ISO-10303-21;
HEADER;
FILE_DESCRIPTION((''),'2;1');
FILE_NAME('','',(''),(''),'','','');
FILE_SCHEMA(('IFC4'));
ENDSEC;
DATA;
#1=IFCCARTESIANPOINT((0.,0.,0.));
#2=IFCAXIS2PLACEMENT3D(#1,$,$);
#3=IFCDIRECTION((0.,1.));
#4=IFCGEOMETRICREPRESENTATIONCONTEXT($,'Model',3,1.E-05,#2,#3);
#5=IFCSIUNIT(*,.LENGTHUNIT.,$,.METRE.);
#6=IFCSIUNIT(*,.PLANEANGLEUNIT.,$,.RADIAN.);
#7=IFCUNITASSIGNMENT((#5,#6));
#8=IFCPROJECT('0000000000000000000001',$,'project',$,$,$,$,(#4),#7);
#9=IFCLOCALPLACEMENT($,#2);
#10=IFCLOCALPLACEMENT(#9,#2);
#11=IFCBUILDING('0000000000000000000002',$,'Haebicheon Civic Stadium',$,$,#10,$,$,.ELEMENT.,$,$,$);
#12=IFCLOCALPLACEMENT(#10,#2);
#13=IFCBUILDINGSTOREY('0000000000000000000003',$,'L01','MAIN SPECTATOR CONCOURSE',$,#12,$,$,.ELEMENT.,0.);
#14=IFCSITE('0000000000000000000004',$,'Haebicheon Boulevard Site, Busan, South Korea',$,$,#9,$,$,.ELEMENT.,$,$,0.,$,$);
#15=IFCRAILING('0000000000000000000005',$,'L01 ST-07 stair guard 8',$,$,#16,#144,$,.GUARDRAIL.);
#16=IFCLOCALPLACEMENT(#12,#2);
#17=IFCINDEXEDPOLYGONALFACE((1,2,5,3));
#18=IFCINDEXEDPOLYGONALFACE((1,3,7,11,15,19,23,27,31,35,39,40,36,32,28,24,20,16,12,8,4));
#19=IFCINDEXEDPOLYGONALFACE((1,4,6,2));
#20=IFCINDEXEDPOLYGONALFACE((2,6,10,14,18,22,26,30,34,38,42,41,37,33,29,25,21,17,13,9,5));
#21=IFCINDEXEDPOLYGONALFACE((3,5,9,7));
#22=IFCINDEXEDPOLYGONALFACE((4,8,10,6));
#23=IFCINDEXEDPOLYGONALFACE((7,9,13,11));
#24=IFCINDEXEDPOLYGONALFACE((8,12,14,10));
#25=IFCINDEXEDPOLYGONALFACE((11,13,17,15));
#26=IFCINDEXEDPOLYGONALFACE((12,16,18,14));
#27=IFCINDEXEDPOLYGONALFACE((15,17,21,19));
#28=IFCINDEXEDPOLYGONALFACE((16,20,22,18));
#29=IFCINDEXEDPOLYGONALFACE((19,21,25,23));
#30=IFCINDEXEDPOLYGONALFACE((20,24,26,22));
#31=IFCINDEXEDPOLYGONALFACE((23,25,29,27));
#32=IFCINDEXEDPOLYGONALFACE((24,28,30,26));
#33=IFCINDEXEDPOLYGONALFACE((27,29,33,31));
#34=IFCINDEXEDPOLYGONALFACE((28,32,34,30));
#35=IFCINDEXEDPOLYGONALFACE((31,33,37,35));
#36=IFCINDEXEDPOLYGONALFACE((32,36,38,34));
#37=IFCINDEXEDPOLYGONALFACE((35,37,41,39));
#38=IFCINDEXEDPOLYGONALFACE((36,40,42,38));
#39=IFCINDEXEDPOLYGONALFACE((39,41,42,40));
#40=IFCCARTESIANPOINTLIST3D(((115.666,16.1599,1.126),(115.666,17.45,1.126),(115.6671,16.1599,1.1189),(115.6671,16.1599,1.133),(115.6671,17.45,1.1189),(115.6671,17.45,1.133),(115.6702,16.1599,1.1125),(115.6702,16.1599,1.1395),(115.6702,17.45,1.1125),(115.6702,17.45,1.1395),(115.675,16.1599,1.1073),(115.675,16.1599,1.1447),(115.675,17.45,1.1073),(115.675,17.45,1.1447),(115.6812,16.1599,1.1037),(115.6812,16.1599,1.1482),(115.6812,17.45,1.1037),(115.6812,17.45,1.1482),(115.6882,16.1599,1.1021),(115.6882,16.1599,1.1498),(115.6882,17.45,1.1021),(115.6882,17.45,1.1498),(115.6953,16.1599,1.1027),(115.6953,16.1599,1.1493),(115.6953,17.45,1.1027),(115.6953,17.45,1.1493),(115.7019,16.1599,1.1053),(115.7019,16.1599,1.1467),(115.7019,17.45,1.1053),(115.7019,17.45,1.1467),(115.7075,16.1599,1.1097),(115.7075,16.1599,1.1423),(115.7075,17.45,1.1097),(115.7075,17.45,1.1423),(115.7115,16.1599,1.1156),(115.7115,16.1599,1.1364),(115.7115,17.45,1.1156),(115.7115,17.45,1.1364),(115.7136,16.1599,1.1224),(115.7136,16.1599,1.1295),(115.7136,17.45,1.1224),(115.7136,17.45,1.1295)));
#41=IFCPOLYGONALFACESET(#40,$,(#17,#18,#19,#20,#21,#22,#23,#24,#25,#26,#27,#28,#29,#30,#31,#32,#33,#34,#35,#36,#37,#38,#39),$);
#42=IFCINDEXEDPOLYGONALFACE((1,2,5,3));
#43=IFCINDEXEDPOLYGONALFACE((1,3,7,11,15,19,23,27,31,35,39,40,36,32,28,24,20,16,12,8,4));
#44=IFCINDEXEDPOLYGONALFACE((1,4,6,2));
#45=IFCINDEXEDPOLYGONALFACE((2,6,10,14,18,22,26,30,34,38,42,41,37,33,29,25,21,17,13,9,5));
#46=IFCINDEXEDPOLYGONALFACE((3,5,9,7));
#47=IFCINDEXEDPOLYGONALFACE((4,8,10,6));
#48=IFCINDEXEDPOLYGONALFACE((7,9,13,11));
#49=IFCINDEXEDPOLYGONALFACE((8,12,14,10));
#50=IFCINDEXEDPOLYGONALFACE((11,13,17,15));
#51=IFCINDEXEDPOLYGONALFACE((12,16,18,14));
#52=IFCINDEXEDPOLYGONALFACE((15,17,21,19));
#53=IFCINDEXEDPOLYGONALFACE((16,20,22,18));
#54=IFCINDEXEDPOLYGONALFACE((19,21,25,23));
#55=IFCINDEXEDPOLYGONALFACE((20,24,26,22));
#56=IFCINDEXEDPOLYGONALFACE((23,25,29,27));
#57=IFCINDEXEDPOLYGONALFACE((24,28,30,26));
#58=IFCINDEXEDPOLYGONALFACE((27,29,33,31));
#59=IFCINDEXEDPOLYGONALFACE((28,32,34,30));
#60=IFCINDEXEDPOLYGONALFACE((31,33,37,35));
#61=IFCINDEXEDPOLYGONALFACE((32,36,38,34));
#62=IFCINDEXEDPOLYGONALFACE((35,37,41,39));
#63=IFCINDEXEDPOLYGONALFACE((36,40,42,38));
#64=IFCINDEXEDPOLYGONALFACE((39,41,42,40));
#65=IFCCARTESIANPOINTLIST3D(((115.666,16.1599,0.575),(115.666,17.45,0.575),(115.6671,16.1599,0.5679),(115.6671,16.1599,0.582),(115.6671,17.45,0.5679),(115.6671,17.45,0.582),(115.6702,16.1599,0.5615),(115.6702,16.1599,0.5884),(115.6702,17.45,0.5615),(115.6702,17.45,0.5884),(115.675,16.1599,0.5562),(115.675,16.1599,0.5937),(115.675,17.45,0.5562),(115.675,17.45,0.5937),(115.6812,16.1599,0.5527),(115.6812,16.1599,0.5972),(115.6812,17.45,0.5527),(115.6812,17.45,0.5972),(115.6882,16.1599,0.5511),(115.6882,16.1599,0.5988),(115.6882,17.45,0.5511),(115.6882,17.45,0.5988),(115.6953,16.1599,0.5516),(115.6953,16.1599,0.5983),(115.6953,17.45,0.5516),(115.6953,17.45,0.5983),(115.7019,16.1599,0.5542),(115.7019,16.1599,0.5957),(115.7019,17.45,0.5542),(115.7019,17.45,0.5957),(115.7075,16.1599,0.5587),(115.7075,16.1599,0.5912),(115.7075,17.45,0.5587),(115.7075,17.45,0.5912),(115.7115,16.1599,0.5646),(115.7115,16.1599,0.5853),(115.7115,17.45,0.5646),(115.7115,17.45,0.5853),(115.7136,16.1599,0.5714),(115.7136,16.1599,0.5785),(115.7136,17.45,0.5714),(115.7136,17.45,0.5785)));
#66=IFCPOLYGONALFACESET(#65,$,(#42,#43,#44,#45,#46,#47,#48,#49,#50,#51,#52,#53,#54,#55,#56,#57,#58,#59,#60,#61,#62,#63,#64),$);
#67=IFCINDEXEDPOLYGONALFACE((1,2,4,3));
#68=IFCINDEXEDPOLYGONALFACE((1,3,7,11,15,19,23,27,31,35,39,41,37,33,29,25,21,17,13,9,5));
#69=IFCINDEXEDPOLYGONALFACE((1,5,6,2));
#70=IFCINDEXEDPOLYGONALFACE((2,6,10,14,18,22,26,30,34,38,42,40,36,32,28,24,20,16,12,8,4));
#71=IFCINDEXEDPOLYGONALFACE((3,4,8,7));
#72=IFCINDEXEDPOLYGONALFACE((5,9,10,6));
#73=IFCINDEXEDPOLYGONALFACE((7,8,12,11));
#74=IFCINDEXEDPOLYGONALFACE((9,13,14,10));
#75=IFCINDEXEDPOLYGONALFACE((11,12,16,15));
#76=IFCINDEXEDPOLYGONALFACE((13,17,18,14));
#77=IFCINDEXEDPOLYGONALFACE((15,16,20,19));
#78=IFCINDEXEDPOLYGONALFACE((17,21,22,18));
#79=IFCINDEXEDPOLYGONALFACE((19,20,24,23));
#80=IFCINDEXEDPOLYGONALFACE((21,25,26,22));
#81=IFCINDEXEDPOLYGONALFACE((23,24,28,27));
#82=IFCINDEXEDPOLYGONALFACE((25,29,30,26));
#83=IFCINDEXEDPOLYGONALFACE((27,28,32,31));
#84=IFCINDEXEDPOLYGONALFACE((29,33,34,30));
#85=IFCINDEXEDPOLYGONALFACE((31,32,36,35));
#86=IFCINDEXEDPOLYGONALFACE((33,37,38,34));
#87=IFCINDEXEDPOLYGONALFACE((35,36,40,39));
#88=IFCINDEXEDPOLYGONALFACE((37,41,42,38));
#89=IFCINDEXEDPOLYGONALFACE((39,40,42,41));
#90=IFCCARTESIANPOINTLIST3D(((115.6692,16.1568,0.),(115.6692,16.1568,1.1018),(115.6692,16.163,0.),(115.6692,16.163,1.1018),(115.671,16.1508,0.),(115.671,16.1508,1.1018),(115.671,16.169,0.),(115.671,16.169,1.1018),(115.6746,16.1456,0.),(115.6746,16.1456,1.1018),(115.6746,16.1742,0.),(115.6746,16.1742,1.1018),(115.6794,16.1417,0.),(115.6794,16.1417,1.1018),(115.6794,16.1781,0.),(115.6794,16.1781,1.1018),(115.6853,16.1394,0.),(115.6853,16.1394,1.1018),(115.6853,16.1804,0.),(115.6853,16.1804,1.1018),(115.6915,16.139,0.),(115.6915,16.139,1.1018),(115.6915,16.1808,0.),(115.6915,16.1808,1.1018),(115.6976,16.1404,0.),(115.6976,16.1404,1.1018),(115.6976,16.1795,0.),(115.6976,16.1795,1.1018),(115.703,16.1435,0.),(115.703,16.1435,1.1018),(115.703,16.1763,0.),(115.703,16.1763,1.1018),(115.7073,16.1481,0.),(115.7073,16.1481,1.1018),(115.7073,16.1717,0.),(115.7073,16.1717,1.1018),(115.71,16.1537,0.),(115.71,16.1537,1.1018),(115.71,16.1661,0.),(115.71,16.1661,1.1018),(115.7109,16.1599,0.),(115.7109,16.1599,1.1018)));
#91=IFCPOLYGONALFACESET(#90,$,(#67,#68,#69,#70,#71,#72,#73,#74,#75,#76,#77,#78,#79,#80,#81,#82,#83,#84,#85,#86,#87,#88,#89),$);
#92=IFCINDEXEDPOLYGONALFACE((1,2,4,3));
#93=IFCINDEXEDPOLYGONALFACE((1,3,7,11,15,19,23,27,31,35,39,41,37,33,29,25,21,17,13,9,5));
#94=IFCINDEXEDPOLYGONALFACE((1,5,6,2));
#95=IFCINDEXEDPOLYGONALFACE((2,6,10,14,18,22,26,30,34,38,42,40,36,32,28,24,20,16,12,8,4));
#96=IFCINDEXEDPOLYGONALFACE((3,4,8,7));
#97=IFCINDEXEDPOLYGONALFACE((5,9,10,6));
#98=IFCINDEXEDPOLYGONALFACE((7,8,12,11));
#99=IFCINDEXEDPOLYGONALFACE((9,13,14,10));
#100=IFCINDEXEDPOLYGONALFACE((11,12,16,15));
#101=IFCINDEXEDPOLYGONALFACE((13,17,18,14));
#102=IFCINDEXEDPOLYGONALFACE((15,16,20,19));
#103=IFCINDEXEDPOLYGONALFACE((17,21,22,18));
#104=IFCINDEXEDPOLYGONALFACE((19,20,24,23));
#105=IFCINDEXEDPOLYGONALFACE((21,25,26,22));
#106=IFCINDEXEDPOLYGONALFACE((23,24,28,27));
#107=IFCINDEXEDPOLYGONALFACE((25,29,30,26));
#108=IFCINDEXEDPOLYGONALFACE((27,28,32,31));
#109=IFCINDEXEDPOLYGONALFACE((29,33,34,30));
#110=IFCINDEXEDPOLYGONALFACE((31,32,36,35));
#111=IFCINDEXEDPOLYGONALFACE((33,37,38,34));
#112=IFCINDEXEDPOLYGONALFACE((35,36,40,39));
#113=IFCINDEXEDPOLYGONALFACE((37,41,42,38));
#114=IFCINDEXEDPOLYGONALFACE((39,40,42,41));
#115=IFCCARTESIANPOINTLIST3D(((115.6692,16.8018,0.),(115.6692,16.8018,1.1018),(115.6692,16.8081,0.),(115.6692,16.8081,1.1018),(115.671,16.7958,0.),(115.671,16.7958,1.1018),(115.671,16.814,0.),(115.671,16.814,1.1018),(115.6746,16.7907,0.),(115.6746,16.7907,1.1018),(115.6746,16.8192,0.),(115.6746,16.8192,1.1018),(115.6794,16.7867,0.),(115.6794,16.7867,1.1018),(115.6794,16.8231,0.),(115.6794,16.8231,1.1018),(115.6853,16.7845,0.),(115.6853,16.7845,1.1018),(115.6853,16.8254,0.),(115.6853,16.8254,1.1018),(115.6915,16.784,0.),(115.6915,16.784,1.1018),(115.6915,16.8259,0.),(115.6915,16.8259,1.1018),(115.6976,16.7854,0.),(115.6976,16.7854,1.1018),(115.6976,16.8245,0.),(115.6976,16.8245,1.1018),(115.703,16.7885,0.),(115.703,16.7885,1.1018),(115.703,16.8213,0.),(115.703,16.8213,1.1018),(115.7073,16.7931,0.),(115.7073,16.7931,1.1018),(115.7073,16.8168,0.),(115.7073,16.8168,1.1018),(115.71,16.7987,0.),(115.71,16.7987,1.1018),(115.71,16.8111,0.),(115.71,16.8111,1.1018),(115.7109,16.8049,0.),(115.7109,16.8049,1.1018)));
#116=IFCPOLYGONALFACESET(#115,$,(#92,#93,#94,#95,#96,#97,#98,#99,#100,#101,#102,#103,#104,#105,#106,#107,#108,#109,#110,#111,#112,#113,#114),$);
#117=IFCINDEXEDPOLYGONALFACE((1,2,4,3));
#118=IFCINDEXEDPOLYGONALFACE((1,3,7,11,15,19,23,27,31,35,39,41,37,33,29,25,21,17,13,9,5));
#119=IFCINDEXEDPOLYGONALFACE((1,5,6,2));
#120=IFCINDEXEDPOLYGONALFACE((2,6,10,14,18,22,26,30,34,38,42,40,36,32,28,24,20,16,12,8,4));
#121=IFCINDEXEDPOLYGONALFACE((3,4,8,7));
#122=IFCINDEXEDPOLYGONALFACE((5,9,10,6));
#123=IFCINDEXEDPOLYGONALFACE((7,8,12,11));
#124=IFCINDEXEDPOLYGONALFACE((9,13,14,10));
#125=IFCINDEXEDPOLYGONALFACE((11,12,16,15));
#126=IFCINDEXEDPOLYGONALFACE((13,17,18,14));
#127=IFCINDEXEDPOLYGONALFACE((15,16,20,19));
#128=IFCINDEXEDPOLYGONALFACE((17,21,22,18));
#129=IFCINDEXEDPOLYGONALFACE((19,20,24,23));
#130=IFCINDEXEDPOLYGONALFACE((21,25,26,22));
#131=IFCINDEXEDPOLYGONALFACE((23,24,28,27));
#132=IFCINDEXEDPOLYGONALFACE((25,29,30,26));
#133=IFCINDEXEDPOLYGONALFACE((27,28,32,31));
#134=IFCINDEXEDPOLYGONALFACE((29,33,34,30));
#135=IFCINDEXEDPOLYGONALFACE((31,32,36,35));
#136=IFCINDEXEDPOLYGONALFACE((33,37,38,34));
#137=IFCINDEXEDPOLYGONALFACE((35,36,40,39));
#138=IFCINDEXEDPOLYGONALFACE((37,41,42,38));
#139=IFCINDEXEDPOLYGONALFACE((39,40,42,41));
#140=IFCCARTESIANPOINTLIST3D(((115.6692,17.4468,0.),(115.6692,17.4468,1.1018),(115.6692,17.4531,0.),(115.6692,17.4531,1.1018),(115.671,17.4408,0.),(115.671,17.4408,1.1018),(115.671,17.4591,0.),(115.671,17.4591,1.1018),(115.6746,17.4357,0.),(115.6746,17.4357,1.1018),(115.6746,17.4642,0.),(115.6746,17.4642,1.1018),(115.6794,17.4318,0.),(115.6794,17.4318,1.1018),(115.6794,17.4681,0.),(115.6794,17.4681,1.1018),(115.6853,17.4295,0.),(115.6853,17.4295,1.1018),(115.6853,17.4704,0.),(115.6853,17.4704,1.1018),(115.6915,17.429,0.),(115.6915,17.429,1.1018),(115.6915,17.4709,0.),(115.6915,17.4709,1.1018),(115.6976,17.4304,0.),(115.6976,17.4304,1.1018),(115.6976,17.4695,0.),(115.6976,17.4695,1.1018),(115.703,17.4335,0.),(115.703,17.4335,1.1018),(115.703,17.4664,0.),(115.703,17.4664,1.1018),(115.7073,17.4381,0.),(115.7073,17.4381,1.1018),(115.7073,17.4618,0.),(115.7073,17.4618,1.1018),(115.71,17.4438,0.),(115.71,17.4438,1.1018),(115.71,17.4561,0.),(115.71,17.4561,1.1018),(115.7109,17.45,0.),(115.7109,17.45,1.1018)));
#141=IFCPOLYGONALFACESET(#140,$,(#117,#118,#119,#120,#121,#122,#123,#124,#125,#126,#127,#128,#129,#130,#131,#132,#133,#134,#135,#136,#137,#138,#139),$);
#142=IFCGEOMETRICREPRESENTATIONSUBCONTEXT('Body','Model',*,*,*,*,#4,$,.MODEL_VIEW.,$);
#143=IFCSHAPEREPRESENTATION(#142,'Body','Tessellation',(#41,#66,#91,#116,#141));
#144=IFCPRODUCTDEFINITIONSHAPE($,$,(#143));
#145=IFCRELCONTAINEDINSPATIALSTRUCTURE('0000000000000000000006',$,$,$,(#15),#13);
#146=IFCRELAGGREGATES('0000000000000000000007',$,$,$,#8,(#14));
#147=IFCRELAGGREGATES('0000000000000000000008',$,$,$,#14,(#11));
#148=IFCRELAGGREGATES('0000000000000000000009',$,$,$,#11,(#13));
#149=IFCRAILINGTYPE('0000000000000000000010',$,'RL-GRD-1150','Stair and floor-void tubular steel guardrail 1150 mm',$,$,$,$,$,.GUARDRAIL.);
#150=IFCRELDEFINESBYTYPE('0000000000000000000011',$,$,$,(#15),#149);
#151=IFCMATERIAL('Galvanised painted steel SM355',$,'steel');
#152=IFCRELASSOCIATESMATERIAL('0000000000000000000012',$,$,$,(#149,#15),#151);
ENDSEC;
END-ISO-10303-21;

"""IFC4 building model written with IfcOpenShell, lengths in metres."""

from ifc_helpers import new_model, si_unit, direction, frame, origin, origin_2d, place, context, subcontext, project, spatial, circle, extrude, material, type_object, element, save


model = new_model("IFC4")

# Units and contexts
model_context = context("Model", 3, precision=1e-05, world=origin(), true_north=direction((0.0, 1.0)))
body_context = subcontext(model_context, "Body", "Model", "MODEL_VIEW")
ifc_project = project(units=[si_unit("LENGTHUNIT", "METRE"), si_unit("PLANEANGLEUNIT", "RADIAN")], contexts=[model_context])

# Site, building, storey
site_placement = place(None, origin())
site = spatial("IfcSite", under=ifc_project, at=site_placement, Name="Haebicheon Boulevard Site, Busan, South Korea", CompositionType="ELEMENT", RefElevation=0.0)
building_placement = place(site_placement, origin())
building = spatial("IfcBuilding", under=site, at=building_placement, Name="Haebicheon Civic Stadium", CompositionType="ELEMENT")
storey_placement = place(building_placement, origin())
storey = spatial("IfcBuildingStorey", under=building, at=storey_placement, Name="L01", Description="MAIN SPECTATOR CONCOURSE", CompositionType="ELEMENT", Elevation=0.0)

# Railing
ifc_material_1 = material(Name="Galvanised painted steel SM355", Category="steel")
railing_type_1 = type_object("IfcRailingType", Name="RL-GRD-1150", Description="Stair and floor-void tubular steel guardrail 1150 mm", PredefinedType="GUARDRAIL", material=ifc_material_1)
for number, where, name in (
    (1, (115.6899, 16.1599, 0.0), "L01 ST-07 stair guard 8"),
):
    element("IfcRailing", number, at=place(storey_placement, frame(where)), inside=storey, type_object=railing_type_1, material=ifc_material_1, Name=name, PredefinedType="GUARDRAIL", context=body_context, shape_type="SweptSolid", body=[
        extrude(circle(Radius=0.0239, at=origin_2d()), frame((0.0, 0.0, 1.126), z_axis=(0.0, 1.0, 0.0), x_axis=(-1.0, 0.0, 0.0)), (0.0, 0.0, 1.0), 1.29),
        extrude(circle(Radius=0.0239, at=origin_2d()), frame((0.0, 0.0, 0.575), z_axis=(0.0, 1.0, 0.0), x_axis=(-1.0, 0.0, 0.0)), (0.0, 0.0, 1.0), 1.29),
        extrude(circle(Radius=0.021, at=origin_2d()), origin(), (0.0, 0.0, 1.0), 1.1018),
        extrude(circle(Radius=0.021, at=origin_2d()), frame((0.0, 0.645, 0.0)), (0.0, 0.0, 1.0), 1.1018),
        extrude(circle(Radius=0.021, at=origin_2d()), frame((0.0, 1.29, 0.0)), (0.0, 0.0, 1.0), 1.1018),
    ])

save(model, "model.ifc")
